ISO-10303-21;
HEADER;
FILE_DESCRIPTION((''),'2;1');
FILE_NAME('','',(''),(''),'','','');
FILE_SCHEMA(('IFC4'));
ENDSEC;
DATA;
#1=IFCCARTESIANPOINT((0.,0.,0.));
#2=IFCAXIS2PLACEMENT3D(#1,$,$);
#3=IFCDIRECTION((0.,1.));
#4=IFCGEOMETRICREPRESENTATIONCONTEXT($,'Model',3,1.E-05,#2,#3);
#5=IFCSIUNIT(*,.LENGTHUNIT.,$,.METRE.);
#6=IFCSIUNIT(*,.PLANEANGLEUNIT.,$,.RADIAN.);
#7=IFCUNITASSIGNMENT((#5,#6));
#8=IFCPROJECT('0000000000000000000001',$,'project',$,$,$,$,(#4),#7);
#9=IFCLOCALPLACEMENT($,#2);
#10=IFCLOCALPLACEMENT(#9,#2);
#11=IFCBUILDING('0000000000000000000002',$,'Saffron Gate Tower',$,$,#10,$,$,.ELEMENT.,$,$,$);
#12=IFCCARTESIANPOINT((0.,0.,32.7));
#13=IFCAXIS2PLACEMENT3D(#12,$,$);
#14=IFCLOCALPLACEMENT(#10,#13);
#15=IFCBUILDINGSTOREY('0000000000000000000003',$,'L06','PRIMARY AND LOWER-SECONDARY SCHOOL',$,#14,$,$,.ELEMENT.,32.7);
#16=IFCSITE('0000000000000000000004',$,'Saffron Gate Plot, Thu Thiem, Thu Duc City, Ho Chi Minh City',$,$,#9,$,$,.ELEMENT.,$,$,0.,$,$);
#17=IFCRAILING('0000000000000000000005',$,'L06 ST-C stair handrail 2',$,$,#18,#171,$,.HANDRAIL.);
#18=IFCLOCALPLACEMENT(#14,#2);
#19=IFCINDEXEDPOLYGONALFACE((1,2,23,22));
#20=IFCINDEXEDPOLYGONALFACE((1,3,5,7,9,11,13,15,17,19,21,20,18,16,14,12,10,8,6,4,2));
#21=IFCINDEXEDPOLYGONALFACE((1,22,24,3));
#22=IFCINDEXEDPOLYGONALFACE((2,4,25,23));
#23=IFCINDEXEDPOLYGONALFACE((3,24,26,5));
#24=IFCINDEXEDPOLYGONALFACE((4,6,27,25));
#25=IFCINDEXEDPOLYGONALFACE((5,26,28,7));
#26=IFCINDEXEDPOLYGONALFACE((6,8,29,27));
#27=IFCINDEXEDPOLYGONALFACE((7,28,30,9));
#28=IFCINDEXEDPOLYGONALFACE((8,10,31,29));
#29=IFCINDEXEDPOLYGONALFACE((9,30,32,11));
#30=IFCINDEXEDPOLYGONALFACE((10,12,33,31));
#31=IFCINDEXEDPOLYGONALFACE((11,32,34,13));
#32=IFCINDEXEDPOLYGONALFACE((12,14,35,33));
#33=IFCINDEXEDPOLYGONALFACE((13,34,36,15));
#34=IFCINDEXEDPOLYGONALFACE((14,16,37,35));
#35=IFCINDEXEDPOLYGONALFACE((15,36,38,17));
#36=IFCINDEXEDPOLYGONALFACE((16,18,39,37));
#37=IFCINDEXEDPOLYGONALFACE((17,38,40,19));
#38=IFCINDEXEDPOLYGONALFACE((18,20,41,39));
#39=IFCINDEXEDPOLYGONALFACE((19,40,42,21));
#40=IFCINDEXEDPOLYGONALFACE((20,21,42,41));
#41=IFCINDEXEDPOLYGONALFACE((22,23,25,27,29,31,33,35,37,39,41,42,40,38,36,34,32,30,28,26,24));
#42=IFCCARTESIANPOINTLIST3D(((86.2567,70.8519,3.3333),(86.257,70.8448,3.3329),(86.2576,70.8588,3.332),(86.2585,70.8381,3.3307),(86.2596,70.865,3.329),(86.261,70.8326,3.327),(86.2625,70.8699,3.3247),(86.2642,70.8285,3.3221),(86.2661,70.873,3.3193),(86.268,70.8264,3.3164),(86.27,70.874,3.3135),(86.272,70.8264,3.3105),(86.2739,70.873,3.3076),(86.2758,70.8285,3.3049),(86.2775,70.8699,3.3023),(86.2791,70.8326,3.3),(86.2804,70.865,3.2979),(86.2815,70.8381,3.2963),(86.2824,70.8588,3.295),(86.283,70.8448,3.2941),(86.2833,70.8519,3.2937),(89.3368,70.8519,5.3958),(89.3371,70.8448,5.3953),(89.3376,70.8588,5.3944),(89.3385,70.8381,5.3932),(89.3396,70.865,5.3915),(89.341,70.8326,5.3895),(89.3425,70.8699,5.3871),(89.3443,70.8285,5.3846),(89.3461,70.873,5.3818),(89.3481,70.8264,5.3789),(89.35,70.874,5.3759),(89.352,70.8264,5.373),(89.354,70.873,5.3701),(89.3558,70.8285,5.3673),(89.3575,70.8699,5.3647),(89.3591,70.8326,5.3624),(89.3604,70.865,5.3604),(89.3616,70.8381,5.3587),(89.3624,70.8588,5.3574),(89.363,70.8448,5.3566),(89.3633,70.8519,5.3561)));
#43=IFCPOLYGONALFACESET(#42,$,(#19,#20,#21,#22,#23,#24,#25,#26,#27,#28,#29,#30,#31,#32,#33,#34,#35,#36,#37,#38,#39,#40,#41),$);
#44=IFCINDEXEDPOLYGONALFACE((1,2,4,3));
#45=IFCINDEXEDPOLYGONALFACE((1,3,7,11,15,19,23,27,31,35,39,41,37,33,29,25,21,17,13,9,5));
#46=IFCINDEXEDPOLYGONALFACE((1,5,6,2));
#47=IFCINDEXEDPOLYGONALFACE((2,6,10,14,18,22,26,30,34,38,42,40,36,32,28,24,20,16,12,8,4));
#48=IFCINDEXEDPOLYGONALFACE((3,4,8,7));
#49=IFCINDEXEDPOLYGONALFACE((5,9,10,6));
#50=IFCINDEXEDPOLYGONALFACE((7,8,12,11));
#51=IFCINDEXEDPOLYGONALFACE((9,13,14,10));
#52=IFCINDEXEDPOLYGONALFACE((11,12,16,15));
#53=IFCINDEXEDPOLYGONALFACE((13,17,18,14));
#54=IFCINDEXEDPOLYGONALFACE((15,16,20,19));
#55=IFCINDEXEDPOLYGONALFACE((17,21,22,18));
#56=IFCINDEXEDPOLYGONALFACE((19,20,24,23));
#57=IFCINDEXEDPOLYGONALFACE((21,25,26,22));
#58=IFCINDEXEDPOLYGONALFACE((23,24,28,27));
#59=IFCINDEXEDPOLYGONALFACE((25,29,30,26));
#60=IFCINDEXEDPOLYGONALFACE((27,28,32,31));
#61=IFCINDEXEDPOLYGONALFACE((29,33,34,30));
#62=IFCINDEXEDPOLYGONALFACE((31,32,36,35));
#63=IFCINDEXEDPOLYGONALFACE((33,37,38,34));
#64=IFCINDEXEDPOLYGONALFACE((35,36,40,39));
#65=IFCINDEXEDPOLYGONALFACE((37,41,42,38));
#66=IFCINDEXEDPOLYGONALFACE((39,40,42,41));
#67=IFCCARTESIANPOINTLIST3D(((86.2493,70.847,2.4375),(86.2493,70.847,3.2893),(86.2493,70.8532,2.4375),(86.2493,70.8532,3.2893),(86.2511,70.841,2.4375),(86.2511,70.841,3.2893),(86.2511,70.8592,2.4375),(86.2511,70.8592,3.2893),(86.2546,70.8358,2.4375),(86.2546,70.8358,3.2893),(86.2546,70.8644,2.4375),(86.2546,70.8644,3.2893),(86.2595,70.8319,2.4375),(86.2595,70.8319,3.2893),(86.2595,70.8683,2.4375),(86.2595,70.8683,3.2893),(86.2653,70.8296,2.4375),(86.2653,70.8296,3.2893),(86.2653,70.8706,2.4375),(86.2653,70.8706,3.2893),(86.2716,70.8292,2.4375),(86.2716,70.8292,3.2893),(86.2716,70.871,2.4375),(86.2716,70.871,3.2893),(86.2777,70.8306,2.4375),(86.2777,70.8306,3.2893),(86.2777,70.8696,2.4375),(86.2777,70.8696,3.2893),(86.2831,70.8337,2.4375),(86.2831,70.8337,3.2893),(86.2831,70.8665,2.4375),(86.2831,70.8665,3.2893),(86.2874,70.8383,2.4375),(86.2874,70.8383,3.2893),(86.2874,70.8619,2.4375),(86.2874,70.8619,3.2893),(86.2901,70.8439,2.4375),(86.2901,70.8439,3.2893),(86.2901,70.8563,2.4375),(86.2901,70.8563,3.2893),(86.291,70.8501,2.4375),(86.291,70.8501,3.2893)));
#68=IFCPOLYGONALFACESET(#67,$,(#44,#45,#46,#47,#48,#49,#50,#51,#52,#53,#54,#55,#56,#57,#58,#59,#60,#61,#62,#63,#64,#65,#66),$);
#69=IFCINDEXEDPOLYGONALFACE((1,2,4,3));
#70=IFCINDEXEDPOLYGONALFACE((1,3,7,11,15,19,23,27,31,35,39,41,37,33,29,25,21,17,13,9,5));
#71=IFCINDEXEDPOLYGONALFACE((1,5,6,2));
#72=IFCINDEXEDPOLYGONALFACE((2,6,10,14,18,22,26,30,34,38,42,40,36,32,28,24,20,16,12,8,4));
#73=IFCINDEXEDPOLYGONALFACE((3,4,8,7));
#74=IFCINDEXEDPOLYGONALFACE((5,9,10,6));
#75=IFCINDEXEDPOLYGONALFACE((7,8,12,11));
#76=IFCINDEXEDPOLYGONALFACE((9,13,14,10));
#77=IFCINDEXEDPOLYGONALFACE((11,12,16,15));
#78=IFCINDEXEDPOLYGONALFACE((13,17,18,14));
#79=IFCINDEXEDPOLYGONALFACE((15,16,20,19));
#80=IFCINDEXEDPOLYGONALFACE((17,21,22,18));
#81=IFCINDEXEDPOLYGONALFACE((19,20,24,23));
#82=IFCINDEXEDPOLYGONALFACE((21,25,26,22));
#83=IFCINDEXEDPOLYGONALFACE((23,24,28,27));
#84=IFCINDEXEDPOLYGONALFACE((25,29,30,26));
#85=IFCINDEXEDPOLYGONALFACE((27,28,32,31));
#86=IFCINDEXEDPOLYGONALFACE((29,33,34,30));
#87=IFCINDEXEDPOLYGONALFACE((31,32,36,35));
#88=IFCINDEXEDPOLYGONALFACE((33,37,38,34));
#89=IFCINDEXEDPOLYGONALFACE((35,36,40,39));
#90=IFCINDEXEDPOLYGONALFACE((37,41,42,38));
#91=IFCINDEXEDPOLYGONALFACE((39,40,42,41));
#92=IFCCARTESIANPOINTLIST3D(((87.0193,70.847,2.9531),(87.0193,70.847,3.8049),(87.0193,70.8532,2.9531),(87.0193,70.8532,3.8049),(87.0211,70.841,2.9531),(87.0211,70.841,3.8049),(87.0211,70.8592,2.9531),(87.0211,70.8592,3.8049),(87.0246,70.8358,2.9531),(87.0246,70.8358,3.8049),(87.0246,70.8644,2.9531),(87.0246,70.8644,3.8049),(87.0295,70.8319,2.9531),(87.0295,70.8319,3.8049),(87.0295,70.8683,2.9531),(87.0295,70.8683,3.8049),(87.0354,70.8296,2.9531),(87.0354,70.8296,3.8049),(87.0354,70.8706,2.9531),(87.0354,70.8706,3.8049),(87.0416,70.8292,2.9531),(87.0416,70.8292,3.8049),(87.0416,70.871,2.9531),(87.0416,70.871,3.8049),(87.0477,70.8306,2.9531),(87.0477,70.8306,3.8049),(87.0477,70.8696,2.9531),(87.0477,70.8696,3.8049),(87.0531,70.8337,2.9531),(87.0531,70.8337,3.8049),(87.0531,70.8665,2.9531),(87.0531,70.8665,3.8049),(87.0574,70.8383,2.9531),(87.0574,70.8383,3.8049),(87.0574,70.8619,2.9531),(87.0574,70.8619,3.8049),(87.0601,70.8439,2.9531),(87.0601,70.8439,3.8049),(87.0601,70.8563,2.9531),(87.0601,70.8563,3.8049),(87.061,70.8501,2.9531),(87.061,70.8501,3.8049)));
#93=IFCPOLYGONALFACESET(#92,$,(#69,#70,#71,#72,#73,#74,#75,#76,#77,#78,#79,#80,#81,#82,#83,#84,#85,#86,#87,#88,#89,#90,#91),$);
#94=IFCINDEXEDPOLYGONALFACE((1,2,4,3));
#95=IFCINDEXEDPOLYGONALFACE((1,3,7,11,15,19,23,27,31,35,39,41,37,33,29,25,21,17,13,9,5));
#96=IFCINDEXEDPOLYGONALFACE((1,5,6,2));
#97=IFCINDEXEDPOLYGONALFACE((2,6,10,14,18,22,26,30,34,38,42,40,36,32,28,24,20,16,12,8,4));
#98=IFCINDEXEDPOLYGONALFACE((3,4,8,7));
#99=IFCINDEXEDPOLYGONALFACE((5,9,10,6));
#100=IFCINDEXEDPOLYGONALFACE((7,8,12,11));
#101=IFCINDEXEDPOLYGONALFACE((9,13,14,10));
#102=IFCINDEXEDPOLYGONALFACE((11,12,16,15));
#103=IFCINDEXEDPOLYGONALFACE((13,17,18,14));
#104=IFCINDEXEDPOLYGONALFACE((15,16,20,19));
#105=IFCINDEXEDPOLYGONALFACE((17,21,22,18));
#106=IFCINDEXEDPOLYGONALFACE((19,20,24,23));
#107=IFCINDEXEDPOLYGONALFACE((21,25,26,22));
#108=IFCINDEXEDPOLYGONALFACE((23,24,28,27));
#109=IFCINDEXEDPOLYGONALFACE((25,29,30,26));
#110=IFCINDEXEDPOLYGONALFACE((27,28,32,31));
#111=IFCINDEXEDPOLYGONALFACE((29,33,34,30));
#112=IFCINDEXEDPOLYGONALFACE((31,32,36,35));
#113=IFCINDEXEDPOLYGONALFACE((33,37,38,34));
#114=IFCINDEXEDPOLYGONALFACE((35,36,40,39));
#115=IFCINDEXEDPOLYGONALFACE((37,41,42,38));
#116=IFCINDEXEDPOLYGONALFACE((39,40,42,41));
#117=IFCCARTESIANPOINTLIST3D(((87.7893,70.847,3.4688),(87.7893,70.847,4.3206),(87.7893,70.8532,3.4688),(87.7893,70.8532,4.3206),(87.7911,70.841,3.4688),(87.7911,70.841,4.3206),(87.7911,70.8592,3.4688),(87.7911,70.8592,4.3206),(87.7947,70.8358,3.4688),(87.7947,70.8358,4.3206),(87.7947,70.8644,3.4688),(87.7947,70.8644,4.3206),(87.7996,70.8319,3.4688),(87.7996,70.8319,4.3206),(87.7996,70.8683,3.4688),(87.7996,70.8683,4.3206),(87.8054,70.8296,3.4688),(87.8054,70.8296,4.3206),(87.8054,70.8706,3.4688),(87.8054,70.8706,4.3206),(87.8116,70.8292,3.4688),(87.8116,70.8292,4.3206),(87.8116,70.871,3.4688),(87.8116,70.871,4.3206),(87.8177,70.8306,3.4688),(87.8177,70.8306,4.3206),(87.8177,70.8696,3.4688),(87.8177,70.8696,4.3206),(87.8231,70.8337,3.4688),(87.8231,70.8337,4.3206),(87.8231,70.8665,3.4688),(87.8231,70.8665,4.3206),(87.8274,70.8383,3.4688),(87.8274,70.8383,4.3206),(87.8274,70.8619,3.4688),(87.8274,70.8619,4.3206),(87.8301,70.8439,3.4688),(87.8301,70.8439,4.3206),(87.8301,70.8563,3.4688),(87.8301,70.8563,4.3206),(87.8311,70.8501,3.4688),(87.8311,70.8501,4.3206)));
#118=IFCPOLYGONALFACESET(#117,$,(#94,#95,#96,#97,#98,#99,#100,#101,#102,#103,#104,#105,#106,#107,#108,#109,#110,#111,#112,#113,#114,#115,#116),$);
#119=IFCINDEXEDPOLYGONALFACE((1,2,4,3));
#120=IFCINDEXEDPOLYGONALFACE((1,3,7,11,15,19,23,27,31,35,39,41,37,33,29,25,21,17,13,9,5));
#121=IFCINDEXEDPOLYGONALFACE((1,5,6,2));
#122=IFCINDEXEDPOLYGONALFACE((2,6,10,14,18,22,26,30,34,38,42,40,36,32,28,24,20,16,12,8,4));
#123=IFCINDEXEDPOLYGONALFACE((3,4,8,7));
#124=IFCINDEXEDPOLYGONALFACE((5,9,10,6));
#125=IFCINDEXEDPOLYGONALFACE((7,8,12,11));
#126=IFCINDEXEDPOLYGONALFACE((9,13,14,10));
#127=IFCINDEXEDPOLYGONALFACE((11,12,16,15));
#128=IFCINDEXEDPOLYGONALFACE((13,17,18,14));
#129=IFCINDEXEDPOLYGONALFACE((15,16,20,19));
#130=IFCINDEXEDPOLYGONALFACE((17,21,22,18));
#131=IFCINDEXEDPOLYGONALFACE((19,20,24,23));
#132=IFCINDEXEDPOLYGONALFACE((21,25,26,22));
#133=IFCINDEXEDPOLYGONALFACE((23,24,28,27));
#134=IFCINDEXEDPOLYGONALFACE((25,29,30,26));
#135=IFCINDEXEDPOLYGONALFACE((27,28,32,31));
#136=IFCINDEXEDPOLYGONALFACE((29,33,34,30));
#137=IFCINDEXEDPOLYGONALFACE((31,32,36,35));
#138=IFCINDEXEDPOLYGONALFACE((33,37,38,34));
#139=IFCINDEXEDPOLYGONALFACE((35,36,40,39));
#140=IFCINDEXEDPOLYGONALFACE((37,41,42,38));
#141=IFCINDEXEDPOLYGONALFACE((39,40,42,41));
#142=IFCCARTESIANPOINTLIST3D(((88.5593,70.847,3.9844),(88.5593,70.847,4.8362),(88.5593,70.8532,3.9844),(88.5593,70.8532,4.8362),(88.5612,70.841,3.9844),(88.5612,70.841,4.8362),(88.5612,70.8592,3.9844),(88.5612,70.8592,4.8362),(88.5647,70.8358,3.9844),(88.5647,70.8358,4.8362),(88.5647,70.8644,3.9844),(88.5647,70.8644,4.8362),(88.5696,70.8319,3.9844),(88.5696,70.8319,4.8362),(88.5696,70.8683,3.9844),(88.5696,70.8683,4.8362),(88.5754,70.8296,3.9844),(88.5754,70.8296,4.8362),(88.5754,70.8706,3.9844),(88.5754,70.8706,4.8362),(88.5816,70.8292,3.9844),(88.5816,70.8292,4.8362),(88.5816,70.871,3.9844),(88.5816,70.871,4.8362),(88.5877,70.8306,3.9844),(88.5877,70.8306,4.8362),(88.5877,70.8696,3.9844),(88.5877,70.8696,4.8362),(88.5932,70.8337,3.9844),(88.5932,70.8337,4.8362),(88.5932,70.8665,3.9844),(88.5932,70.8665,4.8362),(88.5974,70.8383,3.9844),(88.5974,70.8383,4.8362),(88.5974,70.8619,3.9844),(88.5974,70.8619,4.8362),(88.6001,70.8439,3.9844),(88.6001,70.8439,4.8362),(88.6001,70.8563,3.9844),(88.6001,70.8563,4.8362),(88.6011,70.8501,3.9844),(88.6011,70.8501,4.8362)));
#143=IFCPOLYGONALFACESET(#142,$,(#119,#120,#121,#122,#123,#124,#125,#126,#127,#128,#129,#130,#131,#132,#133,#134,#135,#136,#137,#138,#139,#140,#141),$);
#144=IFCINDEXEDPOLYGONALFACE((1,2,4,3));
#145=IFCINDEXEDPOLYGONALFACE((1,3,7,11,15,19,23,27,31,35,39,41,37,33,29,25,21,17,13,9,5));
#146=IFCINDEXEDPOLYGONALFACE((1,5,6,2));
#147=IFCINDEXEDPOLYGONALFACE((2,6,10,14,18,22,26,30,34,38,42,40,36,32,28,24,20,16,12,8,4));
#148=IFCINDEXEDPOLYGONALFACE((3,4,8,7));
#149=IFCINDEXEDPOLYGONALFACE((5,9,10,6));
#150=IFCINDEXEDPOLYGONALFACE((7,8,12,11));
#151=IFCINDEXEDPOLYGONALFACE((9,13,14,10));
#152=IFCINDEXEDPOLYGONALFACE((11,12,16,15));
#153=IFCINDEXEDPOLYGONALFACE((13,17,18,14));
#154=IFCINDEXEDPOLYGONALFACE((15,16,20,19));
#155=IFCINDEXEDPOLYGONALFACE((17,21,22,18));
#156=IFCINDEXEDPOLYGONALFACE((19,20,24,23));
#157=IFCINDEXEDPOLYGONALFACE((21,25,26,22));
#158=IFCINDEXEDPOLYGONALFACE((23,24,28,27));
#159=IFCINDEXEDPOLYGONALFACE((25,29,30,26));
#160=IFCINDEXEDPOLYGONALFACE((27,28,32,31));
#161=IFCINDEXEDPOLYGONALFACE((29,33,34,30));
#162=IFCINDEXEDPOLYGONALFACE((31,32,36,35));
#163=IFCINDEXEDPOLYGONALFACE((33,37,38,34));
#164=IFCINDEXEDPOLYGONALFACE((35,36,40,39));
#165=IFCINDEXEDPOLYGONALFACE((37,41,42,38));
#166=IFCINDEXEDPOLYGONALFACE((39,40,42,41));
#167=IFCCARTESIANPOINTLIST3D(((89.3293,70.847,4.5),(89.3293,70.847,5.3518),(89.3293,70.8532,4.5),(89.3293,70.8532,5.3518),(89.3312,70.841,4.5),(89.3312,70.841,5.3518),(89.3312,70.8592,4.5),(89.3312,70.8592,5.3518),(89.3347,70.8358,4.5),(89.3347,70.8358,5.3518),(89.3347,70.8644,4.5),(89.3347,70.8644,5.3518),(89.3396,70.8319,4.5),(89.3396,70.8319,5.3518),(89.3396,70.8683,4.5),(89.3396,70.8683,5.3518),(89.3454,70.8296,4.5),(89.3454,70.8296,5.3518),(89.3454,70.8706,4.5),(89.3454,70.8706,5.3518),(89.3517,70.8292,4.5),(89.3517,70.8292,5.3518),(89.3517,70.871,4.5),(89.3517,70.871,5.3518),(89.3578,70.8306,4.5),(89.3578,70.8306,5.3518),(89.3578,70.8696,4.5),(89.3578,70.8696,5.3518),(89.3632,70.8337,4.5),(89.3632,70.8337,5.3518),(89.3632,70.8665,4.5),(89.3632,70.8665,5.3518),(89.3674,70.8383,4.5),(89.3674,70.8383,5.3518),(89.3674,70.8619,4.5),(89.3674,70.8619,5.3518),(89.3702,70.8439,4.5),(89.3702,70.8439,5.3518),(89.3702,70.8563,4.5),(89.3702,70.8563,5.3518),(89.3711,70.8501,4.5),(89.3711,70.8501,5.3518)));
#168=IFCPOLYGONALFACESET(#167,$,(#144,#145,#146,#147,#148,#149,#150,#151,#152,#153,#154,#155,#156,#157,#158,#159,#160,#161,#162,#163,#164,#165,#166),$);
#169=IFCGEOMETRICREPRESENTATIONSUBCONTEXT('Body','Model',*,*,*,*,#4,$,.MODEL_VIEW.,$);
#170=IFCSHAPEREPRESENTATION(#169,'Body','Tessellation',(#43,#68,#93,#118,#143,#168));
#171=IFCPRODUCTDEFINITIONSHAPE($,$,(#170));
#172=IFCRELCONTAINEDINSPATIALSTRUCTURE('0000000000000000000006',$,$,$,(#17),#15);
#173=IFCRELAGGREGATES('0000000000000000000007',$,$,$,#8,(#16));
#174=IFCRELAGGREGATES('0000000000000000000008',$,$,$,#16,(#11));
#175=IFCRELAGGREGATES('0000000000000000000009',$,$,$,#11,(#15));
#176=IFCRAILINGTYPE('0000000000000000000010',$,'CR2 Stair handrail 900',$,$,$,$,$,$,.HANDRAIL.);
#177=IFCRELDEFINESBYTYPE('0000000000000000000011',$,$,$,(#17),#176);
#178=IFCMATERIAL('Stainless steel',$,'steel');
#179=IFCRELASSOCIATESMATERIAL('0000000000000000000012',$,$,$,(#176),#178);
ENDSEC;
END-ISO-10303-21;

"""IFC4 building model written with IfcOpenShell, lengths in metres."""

from ifc_helpers import new_model, si_unit, direction, frame, origin, origin_2d, place, context, subcontext, project, spatial, circle, extrude, material, type_object, element, save


model = new_model("IFC4")

# Units and contexts
model_context = context("Model", 3, precision=1e-05, world=origin(), true_north=direction((0.0, 1.0)))
body_context = subcontext(model_context, "Body", "Model", "MODEL_VIEW")
ifc_project = project(units=[si_unit("LENGTHUNIT", "METRE"), si_unit("PLANEANGLEUNIT", "RADIAN")], contexts=[model_context])

# Site, building, storey
site_placement = place(None, origin())
site = spatial("IfcSite", under=ifc_project, at=site_placement, Name="Saffron Gate Plot, Thu Thiem, Thu Duc City, Ho Chi Minh City", CompositionType="ELEMENT", RefElevation=0.0)
building_placement = place(site_placement, origin())
building = spatial("IfcBuilding", under=site, at=building_placement, Name="Saffron Gate Tower", CompositionType="ELEMENT")
storey_placement = place(building_placement, frame((0.0, 0.0, 32.7)))
storey = spatial("IfcBuildingStorey", under=building, at=storey_placement, Name="L06", Description="PRIMARY AND LOWER-SECONDARY SCHOOL", CompositionType="ELEMENT", Elevation=32.7)

# Railing
ifc_material_1 = material(Name="Stainless steel", Category="steel")
railing_type_1 = type_object("IfcRailingType", Name="CR2 Stair handrail 900", PredefinedType="HANDRAIL", material=ifc_material_1)
railing_1_placement = place(storey_placement, frame((86.27, 70.8501, 2.4375)))
element("IfcRailing", 1, at=railing_1_placement, inside=storey, type_object=railing_type_1, Name="L06 ST-C stair handrail 2", PredefinedType="HANDRAIL", context=body_context, shape_type="SweptSolid", body=[
    extrude(circle(Radius=0.0239, at=origin_2d()), frame((0.0, 0.0, 0.876), z_axis=(0.830914, 0.0, 0.556401), x_axis=(0.0, 1.0, 0.0)), (0.0, 0.0, 1.0), 3.7068),
    extrude(circle(Radius=0.021, at=origin_2d()), origin(), (0.0, 0.0, 1.0), 0.8518),
    extrude(circle(Radius=0.021, at=origin_2d()), frame((0.77, 0.0, 0.5156)), (0.0, 0.0, 1.0), 0.8518),
    extrude(circle(Radius=0.021, at=origin_2d()), frame((1.54, 0.0, 1.0312)), (0.0, 0.0, 1.0), 0.8518),
    extrude(circle(Radius=0.021, at=origin_2d()), frame((2.3101, 0.0, 1.5469)), (0.0, 0.0, 1.0), 0.8518),
    extrude(circle(Radius=0.021, at=origin_2d()), frame((3.0801, 0.0, 2.0625)), (0.0, 0.0, 1.0), 0.8518),
])

save(model, "model.ifc")
